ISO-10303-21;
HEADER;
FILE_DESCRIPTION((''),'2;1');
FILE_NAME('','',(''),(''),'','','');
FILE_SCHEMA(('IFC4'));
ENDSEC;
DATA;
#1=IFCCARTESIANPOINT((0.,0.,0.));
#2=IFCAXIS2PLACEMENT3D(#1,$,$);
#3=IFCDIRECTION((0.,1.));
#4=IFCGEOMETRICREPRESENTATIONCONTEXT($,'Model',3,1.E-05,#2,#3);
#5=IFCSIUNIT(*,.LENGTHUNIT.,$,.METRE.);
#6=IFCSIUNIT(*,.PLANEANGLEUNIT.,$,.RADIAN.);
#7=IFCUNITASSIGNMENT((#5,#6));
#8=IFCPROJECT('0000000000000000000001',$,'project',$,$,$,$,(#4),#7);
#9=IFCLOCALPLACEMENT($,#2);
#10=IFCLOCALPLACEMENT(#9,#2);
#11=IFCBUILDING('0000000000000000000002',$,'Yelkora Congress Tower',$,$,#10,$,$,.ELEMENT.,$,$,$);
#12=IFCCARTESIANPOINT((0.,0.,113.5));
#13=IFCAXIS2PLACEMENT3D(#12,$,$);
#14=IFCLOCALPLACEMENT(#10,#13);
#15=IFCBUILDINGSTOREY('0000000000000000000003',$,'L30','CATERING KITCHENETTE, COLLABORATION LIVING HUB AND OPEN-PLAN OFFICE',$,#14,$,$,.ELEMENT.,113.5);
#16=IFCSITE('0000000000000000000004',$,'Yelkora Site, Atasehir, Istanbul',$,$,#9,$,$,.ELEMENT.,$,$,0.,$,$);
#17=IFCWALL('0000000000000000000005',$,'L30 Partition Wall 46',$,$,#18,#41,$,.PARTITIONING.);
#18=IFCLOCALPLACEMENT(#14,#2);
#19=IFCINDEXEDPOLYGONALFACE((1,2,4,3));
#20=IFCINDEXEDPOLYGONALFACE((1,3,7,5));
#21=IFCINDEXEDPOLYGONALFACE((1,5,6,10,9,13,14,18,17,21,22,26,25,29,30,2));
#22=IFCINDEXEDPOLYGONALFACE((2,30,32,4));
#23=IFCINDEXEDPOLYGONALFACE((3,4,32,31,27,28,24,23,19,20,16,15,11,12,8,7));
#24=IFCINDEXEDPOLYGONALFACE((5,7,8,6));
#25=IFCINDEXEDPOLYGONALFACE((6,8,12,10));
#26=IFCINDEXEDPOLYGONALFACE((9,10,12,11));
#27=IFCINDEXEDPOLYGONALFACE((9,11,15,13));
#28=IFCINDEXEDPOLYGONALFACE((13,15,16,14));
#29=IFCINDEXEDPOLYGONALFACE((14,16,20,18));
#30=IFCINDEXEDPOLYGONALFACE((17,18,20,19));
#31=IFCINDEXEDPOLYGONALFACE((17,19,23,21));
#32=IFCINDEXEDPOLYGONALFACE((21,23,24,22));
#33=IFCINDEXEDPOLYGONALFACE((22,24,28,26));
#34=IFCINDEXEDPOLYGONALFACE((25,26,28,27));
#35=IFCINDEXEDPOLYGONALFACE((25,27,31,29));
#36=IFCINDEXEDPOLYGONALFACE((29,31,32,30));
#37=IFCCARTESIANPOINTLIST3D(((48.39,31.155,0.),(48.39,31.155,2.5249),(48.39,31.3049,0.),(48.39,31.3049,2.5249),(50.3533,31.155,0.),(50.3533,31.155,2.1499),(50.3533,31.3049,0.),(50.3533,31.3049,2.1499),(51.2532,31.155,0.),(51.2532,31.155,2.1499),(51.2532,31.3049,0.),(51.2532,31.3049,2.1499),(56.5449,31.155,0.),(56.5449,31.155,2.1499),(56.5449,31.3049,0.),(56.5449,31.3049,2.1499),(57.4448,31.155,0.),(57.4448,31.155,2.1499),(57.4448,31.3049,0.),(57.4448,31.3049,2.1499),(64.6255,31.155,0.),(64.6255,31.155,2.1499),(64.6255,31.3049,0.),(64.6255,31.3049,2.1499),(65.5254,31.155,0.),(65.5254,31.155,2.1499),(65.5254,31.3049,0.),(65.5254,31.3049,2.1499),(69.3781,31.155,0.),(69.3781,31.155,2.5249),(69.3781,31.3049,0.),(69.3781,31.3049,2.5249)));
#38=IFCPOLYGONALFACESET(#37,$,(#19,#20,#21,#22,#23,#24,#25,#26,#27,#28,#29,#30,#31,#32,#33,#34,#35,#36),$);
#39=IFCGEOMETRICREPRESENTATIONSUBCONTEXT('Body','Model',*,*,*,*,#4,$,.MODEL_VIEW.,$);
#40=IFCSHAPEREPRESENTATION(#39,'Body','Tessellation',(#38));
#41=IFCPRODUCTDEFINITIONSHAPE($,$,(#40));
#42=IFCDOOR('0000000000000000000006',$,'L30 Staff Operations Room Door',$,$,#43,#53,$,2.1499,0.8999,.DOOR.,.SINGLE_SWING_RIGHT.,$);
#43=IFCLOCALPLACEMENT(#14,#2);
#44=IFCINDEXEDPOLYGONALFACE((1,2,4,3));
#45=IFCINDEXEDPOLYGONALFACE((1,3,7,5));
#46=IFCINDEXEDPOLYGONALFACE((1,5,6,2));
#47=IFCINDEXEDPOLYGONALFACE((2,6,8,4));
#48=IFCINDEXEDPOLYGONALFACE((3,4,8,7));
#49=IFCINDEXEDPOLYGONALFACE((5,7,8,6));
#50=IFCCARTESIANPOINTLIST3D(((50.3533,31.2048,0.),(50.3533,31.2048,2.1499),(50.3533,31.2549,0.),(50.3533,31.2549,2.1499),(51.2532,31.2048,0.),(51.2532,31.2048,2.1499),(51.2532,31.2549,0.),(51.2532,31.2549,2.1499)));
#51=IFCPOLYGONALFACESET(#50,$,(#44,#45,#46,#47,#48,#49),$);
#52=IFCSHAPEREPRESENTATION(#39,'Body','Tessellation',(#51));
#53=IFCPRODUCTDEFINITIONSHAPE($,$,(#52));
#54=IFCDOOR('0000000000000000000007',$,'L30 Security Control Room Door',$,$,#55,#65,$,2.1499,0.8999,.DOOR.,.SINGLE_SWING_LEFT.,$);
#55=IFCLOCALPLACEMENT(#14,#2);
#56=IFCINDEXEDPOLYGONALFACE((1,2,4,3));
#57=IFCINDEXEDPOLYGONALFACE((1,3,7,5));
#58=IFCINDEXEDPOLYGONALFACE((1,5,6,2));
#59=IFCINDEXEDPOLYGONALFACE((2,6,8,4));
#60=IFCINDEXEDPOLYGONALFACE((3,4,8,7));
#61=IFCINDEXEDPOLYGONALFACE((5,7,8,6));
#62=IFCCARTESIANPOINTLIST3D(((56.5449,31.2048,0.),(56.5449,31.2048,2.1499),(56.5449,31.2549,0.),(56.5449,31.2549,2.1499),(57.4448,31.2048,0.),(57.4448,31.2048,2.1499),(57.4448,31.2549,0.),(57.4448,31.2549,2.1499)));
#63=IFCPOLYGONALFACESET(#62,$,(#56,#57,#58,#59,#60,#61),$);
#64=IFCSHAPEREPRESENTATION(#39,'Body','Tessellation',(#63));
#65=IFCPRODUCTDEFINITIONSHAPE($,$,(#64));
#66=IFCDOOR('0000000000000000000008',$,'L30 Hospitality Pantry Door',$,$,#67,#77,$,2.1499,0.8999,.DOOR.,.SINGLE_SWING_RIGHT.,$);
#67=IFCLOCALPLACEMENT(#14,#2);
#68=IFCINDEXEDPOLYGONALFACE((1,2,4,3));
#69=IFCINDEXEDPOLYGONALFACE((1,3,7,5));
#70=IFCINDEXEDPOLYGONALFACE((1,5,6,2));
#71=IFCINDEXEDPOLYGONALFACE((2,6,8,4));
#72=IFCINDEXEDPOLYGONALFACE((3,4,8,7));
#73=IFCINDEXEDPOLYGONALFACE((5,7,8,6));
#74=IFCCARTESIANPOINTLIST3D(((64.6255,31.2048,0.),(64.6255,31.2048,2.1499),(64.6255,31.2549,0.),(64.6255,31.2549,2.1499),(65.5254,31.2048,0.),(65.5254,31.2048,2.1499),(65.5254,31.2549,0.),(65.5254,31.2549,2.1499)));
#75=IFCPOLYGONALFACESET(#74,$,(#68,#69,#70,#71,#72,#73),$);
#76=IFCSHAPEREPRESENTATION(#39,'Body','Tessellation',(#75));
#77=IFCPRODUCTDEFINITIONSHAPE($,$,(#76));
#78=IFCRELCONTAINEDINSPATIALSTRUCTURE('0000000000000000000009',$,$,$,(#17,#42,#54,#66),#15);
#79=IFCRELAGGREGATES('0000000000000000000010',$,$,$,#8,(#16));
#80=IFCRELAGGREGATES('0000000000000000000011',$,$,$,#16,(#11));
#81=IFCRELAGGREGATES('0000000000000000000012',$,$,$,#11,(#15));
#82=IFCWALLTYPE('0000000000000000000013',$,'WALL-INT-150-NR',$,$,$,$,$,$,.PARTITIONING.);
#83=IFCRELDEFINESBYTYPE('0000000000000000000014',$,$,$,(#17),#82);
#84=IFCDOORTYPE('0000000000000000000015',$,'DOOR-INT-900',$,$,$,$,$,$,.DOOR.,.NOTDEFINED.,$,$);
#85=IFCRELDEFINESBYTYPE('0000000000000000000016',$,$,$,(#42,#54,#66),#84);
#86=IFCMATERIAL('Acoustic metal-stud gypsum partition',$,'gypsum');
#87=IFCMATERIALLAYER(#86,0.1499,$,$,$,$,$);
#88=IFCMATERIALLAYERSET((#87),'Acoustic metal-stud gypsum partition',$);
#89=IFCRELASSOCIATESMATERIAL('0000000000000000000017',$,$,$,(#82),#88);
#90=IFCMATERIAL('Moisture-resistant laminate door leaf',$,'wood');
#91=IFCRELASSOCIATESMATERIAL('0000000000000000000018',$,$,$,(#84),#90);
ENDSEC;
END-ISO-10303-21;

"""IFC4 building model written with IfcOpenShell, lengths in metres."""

from ifc_helpers import new_model, si_unit, direction, frame, frame_2d, origin, place, context, subcontext, project, spatial, rectangle, extrude, material, layer, layer_set, type_object, element, fill, save


model = new_model("IFC4")

# Units and contexts
model_context = context("Model", 3, precision=1e-05, world=origin(), true_north=direction((0.0, 1.0)))
body_context = subcontext(model_context, "Body", "Model", "MODEL_VIEW")
ifc_project = project(units=[si_unit("LENGTHUNIT", "METRE"), si_unit("PLANEANGLEUNIT", "RADIAN")], contexts=[model_context])

# Site, building, storey
site_placement = place(None, origin())
site = spatial("IfcSite", under=ifc_project, at=site_placement, Name="Yelkora Site, Atasehir, Istanbul", CompositionType="ELEMENT", RefElevation=0.0)
building_placement = place(site_placement, origin())
building = spatial("IfcBuilding", under=site, at=building_placement, Name="Yelkora Congress Tower", CompositionType="ELEMENT")
storey_placement = place(building_placement, frame((0.0, 0.0, 113.5)))
storey = spatial("IfcBuildingStorey", under=building, at=storey_placement, Name="L30", Description="CATERING KITCHENETTE, COLLABORATION LIVING HUB AND OPEN-PLAN OFFICE", CompositionType="ELEMENT", Elevation=113.5)

# Shared definitions
ifc_material_1 = material(Name="Acoustic metal-stud gypsum partition", Category="gypsum")
ifc_layer = layer(ifc_material_1, 0.1499)
ifc_layer_set = layer_set([ifc_layer], Name="Acoustic metal-stud gypsum partition")
wall_type = type_object("IfcWallType", Name="WALL-INT-150-NR", PredefinedType="PARTITIONING", material=ifc_layer_set)

# Wall, openings, doors
wall_1_placement = place(storey_placement, frame((48.3899, 31.23, 0.0), z_axis=(0.0, 0.0, 1.0), x_axis=(1.0, 0.0, 0.0)))
wall_1 = element("IfcWall", 1, at=wall_1_placement, inside=storey, type_object=wall_type, Name="L30 Partition Wall 46", PredefinedType="PARTITIONING", context=body_context, shape_type="SweptSolid", body=[
    extrude(rectangle(XDim=20.988, YDim=0.1499, at=frame_2d((10.4941, 0.0))), origin(), (0.0, 0.0, 1.0), 2.5249),
])
opening_1_placement = place(wall_1_placement, frame((1.9634, 0.0, 0.0)))
opening_1 = element("IfcOpeningElement", 2, at=opening_1_placement, cuts=wall_1, PredefinedType="OPENING", context=body_context, shape_type="SweptSolid", body=[
    extrude(rectangle(XDim=0.8999, YDim=2.1499, at=frame_2d((0.45, 1.075))), frame((0.0, 0.085, 0.0), z_axis=(0.0, -1.0, 0.0), x_axis=(1.0, 0.0, 0.0)), (0.0, 0.0, 1.0), 0.1699),
])
opening_2_placement = place(wall_1_placement, frame((8.155, 0.0, 0.0)))
opening_2 = element("IfcOpeningElement", 3, at=opening_2_placement, cuts=wall_1, PredefinedType="OPENING", context=body_context, shape_type="SweptSolid", body=[
    extrude(rectangle(XDim=0.8999, YDim=2.1499, at=frame_2d((0.45, 1.075))), frame((0.0, 0.085, 0.0), z_axis=(0.0, -1.0, 0.0), x_axis=(1.0, 0.0, 0.0)), (0.0, 0.0, 1.0), 0.1699),
])
opening_3_placement = place(wall_1_placement, frame((16.2356, 0.0, 0.0)))
opening_3 = element("IfcOpeningElement", 4, at=opening_3_placement, cuts=wall_1, PredefinedType="OPENING", context=body_context, shape_type="SweptSolid", body=[
    extrude(rectangle(XDim=0.8999, YDim=2.1499, at=frame_2d((0.45, 1.075))), frame((0.0, 0.085, 0.0), z_axis=(0.0, -1.0, 0.0), x_axis=(1.0, 0.0, 0.0)), (0.0, 0.0, 1.0), 0.1699),
])
ifc_material_2 = material(Name="Moisture-resistant laminate door leaf", Category="wood")
door_type = type_object("IfcDoorType", Name="DOOR-INT-900", OperationType="NOTDEFINED", PredefinedType="DOOR", material=ifc_material_2)
door_1_placement = place(opening_1_placement, origin())
door_1 = element("IfcDoor", 5, at=door_1_placement, inside=storey, type_object=door_type, Name="L30 Staff Operations Room Door", OperationType="SINGLE_SWING_RIGHT", OverallHeight=2.1499, OverallWidth=0.8999, PredefinedType="DOOR", context=body_context, shape_type="SweptSolid", body=[
    extrude(rectangle(XDim=0.8999, YDim=2.1499, at=frame_2d((0.45, 1.075))), frame((0.0, 0.0249, 0.0), z_axis=(0.0, -1.0, 0.0), x_axis=(1.0, 0.0, 0.0)), (0.0, 0.0, 1.0), 0.05),
])
fill(opening_1, door_1)
door_2_placement = place(opening_2_placement, origin())
door_2 = element("IfcDoor", 6, at=door_2_placement, inside=storey, type_object=door_type, Name="L30 Security Control Room Door", OperationType="SINGLE_SWING_LEFT", OverallHeight=2.1499, OverallWidth=0.8999, PredefinedType="DOOR", context=body_context, shape_type="SweptSolid", body=[
    extrude(rectangle(XDim=0.8999, YDim=2.1499, at=frame_2d((0.45, 1.075))), frame((0.0, 0.0249, 0.0), z_axis=(0.0, -1.0, 0.0), x_axis=(1.0, 0.0, 0.0)), (0.0, 0.0, 1.0), 0.05),
])
fill(opening_2, door_2)
door_3_placement = place(opening_3_placement, origin())
door_3 = element("IfcDoor", 7, at=door_3_placement, inside=storey, type_object=door_type, Name="L30 Hospitality Pantry Door", OperationType="SINGLE_SWING_RIGHT", OverallHeight=2.1499, OverallWidth=0.8999, PredefinedType="DOOR", context=body_context, shape_type="SweptSolid", body=[
    extrude(rectangle(XDim=0.8999, YDim=2.1499, at=frame_2d((0.45, 1.075))), frame((0.0, 0.0249, 0.0), z_axis=(0.0, -1.0, 0.0), x_axis=(1.0, 0.0, 0.0)), (0.0, 0.0, 1.0), 0.05),
])
fill(opening_3, door_3)

save(model, "model.ifc")
